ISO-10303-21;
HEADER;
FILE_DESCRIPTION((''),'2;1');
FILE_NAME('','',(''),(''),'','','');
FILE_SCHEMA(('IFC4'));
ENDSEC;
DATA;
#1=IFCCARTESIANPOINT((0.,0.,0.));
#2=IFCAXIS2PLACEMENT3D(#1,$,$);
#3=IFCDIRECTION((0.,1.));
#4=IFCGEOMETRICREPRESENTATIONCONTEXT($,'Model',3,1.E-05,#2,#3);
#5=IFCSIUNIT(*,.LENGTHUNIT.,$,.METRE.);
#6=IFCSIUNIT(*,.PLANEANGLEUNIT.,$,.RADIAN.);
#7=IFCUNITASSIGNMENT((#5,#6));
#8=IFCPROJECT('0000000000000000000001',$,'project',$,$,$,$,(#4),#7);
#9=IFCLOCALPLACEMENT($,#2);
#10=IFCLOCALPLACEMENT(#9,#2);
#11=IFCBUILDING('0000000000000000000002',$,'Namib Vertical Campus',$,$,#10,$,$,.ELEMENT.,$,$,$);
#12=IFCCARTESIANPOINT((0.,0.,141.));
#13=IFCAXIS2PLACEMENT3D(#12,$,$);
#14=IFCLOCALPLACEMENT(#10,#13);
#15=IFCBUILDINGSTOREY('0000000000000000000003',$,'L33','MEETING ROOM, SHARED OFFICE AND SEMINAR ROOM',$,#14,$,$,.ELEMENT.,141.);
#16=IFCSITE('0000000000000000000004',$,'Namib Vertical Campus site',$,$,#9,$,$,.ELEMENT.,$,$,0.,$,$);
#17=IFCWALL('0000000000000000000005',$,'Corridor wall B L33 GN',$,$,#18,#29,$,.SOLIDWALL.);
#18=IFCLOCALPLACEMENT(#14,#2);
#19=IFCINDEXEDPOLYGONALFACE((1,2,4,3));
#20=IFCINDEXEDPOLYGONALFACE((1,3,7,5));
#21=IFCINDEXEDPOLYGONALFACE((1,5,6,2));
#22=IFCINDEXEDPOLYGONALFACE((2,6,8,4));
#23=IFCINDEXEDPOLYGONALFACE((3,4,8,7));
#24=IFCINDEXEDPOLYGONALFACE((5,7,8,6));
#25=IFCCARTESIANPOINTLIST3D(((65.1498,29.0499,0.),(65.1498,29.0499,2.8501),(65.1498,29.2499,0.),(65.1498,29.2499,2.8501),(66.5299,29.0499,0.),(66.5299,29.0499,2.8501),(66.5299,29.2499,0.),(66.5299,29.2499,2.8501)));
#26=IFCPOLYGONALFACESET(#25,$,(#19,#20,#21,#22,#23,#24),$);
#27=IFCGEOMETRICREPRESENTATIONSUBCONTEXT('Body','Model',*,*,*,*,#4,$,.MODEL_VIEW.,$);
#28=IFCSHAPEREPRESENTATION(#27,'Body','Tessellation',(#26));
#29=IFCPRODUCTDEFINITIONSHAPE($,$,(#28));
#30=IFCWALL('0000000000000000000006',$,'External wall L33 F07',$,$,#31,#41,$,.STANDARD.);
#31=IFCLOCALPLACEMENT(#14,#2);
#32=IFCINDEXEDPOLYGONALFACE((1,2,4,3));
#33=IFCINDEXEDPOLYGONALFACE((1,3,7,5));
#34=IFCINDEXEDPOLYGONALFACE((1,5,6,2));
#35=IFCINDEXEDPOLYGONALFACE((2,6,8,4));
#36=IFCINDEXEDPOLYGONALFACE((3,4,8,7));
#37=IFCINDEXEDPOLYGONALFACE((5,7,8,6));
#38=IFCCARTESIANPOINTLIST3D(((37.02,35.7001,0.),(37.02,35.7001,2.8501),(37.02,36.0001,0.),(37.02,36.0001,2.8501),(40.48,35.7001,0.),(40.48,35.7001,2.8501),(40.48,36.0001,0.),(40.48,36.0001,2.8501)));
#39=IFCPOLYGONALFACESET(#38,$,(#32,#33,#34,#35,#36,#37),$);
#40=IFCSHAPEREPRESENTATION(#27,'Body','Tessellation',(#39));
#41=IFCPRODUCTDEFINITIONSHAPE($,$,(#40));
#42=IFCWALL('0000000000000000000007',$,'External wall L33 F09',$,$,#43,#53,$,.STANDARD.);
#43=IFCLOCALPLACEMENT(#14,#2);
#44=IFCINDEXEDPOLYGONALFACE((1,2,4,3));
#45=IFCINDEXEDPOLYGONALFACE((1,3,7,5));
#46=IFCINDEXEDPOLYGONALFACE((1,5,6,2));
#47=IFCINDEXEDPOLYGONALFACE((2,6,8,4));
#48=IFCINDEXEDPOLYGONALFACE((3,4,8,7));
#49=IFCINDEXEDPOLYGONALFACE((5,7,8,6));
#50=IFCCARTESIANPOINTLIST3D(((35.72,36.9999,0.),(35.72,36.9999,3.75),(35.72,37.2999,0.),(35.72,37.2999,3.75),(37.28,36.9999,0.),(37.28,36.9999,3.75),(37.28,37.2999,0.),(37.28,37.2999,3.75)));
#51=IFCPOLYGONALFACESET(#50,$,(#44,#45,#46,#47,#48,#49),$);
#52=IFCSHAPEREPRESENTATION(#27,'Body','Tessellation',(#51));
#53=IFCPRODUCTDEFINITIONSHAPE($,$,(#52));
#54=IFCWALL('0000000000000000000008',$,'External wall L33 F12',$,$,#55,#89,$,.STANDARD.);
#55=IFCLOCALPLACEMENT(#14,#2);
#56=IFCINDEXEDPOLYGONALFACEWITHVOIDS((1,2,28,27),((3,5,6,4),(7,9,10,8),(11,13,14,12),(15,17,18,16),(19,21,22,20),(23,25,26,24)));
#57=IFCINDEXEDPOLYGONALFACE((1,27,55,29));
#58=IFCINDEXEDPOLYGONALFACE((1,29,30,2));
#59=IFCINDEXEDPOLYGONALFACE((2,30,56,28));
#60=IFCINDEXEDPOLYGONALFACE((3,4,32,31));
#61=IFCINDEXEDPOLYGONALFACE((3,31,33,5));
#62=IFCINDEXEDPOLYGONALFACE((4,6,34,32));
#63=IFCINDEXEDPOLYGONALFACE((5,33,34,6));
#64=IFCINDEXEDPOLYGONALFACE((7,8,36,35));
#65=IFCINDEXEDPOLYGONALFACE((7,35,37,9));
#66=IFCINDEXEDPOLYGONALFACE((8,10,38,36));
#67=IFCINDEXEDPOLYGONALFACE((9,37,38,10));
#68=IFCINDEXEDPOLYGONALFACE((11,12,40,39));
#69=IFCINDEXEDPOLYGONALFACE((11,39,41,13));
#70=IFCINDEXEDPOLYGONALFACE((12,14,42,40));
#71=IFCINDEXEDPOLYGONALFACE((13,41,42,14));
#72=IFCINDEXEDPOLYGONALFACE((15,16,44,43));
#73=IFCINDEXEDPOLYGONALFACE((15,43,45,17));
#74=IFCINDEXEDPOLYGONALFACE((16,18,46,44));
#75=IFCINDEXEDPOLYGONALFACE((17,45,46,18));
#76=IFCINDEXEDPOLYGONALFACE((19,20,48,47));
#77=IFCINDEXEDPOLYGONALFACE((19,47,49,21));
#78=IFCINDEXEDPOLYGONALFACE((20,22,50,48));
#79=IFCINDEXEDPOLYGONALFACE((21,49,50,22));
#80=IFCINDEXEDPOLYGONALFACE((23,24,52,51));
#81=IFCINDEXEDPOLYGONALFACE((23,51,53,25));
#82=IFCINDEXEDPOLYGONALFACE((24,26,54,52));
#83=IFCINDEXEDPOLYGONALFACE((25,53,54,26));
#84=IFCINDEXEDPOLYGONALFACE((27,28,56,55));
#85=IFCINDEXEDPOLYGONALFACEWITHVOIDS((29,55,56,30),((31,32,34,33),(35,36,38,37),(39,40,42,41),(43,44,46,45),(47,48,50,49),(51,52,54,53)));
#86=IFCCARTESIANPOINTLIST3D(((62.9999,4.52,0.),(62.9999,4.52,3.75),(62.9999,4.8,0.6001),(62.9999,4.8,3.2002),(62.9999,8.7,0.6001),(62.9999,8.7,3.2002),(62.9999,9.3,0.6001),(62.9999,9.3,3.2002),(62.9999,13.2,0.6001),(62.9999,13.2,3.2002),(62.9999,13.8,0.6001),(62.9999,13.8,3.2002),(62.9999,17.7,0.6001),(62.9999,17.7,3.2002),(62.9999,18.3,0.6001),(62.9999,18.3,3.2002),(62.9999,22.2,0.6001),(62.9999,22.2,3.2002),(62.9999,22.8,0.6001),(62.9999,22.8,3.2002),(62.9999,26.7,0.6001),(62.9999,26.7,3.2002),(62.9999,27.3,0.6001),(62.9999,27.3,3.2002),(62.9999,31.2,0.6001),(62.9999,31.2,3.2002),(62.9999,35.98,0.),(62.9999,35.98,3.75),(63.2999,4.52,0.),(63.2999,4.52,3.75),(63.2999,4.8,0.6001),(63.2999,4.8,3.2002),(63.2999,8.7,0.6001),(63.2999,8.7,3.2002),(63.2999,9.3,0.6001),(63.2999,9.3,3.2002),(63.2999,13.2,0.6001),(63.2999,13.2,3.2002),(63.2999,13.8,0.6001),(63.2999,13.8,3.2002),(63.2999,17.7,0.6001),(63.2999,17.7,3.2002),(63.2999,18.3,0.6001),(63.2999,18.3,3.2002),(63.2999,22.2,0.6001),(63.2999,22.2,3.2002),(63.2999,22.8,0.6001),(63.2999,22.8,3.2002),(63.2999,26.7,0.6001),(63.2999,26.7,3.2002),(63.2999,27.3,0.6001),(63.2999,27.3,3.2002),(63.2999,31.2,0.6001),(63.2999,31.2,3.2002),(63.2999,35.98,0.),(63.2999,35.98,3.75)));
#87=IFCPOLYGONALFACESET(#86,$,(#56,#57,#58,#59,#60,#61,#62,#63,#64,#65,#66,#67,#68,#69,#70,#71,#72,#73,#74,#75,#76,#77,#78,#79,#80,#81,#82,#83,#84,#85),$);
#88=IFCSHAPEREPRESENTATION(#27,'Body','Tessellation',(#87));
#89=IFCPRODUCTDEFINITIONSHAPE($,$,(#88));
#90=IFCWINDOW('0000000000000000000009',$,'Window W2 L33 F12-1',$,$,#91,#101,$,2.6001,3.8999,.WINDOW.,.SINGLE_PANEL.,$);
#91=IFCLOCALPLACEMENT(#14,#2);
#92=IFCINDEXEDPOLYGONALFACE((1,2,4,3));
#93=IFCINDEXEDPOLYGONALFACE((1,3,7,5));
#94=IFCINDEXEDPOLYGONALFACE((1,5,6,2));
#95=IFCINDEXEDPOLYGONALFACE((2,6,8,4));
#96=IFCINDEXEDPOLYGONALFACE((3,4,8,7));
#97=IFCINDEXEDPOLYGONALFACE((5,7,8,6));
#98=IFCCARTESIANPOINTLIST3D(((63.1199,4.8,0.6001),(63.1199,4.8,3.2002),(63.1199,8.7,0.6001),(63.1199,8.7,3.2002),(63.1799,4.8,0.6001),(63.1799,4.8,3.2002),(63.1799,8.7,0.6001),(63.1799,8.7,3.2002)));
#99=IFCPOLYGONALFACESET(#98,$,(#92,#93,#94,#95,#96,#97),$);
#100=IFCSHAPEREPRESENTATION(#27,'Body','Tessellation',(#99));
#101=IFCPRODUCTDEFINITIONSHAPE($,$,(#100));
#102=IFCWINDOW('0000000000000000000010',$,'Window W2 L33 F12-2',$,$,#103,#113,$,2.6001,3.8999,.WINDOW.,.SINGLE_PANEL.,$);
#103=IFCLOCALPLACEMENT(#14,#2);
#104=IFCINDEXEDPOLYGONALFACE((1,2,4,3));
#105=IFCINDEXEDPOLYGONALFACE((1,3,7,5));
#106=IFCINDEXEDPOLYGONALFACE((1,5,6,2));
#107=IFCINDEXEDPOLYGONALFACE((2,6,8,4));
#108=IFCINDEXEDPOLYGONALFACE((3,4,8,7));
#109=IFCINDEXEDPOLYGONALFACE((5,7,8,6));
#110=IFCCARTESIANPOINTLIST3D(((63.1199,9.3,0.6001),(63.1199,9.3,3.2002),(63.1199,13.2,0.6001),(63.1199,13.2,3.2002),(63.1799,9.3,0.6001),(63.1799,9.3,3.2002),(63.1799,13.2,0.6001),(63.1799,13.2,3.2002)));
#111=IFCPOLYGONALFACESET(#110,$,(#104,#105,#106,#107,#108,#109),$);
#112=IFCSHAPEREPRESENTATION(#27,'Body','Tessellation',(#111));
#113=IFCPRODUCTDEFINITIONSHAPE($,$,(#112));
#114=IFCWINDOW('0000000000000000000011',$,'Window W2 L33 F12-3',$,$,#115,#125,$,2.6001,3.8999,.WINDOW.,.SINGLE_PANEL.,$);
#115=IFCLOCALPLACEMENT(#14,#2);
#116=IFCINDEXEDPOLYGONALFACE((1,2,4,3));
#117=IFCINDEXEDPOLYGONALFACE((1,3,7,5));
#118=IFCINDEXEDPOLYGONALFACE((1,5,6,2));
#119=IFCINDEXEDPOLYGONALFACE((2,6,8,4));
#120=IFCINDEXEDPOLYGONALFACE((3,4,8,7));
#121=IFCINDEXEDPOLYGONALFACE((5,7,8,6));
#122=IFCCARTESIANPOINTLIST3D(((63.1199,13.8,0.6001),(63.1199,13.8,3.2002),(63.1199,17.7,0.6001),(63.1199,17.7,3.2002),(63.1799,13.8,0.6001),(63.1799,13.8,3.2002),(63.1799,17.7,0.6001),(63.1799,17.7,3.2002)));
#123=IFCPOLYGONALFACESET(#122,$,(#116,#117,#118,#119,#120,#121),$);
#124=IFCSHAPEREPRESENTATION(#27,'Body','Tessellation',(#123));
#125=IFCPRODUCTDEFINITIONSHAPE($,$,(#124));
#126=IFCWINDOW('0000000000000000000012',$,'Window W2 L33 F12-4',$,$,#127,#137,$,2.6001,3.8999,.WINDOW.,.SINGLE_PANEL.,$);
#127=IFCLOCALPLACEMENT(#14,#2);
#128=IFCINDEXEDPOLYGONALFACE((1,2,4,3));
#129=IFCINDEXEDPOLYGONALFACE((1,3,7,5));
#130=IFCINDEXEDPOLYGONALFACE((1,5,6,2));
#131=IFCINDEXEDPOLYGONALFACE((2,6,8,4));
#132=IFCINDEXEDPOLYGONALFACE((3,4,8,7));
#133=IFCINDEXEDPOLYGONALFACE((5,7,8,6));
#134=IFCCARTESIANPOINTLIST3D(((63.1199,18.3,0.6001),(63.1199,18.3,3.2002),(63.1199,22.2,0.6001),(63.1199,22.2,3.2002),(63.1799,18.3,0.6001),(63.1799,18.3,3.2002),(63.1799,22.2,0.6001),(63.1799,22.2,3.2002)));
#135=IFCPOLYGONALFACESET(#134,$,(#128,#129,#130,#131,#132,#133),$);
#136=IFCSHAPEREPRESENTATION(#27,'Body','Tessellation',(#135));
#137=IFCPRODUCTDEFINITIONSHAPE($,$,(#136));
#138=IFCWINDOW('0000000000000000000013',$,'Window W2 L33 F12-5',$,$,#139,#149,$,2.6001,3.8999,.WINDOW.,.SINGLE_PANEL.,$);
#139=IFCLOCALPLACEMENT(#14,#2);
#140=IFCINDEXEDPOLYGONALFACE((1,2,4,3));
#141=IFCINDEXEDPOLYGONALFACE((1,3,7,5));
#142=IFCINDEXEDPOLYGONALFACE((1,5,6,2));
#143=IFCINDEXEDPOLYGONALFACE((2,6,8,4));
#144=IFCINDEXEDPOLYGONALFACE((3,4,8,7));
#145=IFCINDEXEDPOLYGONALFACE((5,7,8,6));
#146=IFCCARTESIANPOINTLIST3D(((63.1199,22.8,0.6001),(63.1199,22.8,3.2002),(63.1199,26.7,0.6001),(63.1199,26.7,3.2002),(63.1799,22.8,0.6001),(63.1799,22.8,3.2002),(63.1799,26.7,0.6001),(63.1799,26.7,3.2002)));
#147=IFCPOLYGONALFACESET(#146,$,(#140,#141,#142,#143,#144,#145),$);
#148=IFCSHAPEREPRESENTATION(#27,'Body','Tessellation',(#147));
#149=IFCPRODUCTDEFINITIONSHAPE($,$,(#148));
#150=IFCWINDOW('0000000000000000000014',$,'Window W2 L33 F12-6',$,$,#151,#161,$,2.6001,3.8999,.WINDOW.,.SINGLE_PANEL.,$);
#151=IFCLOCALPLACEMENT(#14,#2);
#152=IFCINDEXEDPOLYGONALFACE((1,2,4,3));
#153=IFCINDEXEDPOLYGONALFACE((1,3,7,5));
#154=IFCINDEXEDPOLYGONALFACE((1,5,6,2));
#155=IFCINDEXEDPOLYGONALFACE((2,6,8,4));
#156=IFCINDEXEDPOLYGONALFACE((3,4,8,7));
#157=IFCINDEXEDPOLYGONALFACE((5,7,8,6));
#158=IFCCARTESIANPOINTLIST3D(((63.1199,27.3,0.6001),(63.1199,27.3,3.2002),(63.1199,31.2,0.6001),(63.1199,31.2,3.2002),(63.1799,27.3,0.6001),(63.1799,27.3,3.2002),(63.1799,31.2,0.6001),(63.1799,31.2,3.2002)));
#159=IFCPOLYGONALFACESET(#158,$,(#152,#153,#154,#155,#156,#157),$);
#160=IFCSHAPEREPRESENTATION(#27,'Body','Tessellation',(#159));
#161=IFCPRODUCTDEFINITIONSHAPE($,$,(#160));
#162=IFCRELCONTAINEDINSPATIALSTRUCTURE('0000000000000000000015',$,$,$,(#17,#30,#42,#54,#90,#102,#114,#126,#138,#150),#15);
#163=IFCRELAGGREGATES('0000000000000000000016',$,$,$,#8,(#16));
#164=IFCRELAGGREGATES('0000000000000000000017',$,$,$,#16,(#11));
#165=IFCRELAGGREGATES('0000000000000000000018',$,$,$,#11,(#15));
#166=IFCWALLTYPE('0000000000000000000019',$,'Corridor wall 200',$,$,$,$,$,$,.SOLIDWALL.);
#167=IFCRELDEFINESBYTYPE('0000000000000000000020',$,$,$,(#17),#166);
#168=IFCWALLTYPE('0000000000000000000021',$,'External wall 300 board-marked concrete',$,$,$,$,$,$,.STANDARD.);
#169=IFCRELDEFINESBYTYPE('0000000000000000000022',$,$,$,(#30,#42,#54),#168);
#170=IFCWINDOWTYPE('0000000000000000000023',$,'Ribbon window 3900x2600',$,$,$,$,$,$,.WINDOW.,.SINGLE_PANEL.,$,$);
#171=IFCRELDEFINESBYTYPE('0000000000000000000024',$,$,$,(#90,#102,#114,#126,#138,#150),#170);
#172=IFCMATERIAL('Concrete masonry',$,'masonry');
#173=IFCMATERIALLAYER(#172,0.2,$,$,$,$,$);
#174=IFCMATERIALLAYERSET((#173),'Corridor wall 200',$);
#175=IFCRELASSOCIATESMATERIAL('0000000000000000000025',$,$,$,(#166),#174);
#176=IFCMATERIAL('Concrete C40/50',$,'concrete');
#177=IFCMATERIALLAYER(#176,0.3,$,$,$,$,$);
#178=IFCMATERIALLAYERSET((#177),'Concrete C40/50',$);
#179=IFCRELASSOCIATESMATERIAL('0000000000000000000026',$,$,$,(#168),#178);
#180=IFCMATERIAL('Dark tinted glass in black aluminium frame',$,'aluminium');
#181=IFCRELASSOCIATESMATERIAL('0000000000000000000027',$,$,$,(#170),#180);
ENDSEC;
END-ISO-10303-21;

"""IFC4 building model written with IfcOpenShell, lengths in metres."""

from ifc_helpers import new_model, si_unit, direction, frame, frame_2d, origin, place, context, subcontext, project, spatial, rectangle, extrude, material, layer, layer_set, type_object, element, fill, save


model = new_model("IFC4")

# Units and contexts
model_context = context("Model", 3, precision=1e-05, world=origin(), true_north=direction((0.0, 1.0)))
body_context = subcontext(model_context, "Body", "Model", "MODEL_VIEW")
ifc_project = project(units=[si_unit("LENGTHUNIT", "METRE"), si_unit("PLANEANGLEUNIT", "RADIAN")], contexts=[model_context])

# Site, building, storey
site_placement = place(None, origin())
site = spatial("IfcSite", under=ifc_project, at=site_placement, Name="Namib Vertical Campus site", CompositionType="ELEMENT", RefElevation=0.0)
building_placement = place(site_placement, origin())
building = spatial("IfcBuilding", under=site, at=building_placement, Name="Namib Vertical Campus", CompositionType="ELEMENT")
storey_placement = place(building_placement, frame((0.0, 0.0, 141.0)))
storey = spatial("IfcBuildingStorey", under=building, at=storey_placement, Name="L33", Description="MEETING ROOM, SHARED OFFICE AND SEMINAR ROOM", CompositionType="ELEMENT", Elevation=141.0)

# Shared definitions
ifc_material_1 = material(Name="Concrete masonry", Category="masonry")
ifc_layer_1 = layer(ifc_material_1, 0.2)
ifc_layer_set_1 = layer_set([ifc_layer_1], Name="Corridor wall 200")
wall_type_1 = type_object("IfcWallType", Name="Corridor wall 200", PredefinedType="SOLIDWALL", material=ifc_layer_set_1)

# Walls
wall_1_placement = place(storey_placement, frame((65.1499, 29.1499, 0.0), z_axis=(0.0, 0.0, 1.0), x_axis=(1.0, 0.0, 0.0)))
element("IfcWall", 1, at=wall_1_placement, inside=storey, type_object=wall_type_1, Name="Corridor wall B L33 GN", PredefinedType="SOLIDWALL", context=body_context, shape_type="SweptSolid", body=[
    extrude(rectangle(XDim=1.3801, YDim=0.2, at=frame_2d((0.6899, 0.0))), origin(), (0.0, 0.0, 1.0), 2.8501),
])
ifc_material_2 = material(Name="Concrete C40/50", Category="concrete")
ifc_layer_2 = layer(ifc_material_2, 0.3)
ifc_layer_set_2 = layer_set([ifc_layer_2], Name="Concrete C40/50")
wall_type_2 = type_object("IfcWallType", Name="External wall 300 board-marked concrete", PredefinedType="STANDARD", material=ifc_layer_set_2)
wall_2_placement = place(storey_placement, frame((40.48, 35.8501, 0.0), z_axis=(0.0, 0.0, 1.0), x_axis=(-1.0, 0.0, 0.0)))
element("IfcWall", 2, at=wall_2_placement, inside=storey, type_object=wall_type_2, Name="External wall L33 F07", PredefinedType="STANDARD", context=body_context, shape_type="SweptSolid", body=[
    extrude(rectangle(XDim=3.46, YDim=0.3, at=frame_2d((1.73, 0.0))), origin(), (0.0, 0.0, 1.0), 2.8501),
])
wall_3_placement = place(storey_placement, frame((37.28, 37.1499, 0.0), z_axis=(0.0, 0.0, 1.0), x_axis=(-1.0, 0.0, 0.0)))
element("IfcWall", 3, at=wall_3_placement, inside=storey, type_object=wall_type_2, Name="External wall L33 F09", PredefinedType="STANDARD", context=body_context, shape_type="SweptSolid", body=[
    extrude(rectangle(XDim=1.5601, YDim=0.3, at=frame_2d((0.78, 0.0))), origin(), (0.0, 0.0, 1.0), 3.75),
])

# Wall, openings, windows
wall_4_placement = place(storey_placement, frame((63.1499, 35.98, 0.0), z_axis=(0.0, 0.0, 1.0), x_axis=(0.0, -1.0, 0.0)))
wall_4 = element("IfcWall", 4, at=wall_4_placement, inside=storey, type_object=wall_type_2, Name="External wall L33 F12", PredefinedType="STANDARD", context=body_context, shape_type="SweptSolid", body=[
    extrude(rectangle(XDim=31.46, YDim=0.3, at=frame_2d((15.73, 0.0))), origin(), (0.0, 0.0, 1.0), 3.75),
])
opening_1_placement = place(wall_4_placement, frame((27.28, 0.0, 0.6001)))
opening_1 = element("IfcOpeningElement", 5, at=opening_1_placement, cuts=wall_4, PredefinedType="OPENING", context=body_context, shape_type="SweptSolid", body=[
    extrude(rectangle(XDim=3.8999, YDim=2.6001, at=frame_2d((1.95, 1.3))), frame((0.0, 0.1599, 0.0), z_axis=(0.0, -1.0, 0.0), x_axis=(1.0, 0.0, 0.0)), (0.0, 0.0, 1.0), 0.3201),
])
opening_2_placement = place(wall_4_placement, frame((22.78, 0.0, 0.6001)))
opening_2 = element("IfcOpeningElement", 6, at=opening_2_placement, cuts=wall_4, PredefinedType="OPENING", context=body_context, shape_type="SweptSolid", body=[
    extrude(rectangle(XDim=3.8999, YDim=2.6001, at=frame_2d((1.95, 1.3))), frame((0.0, 0.1599, 0.0), z_axis=(0.0, -1.0, 0.0), x_axis=(1.0, 0.0, 0.0)), (0.0, 0.0, 1.0), 0.3201),
])
opening_3_placement = place(wall_4_placement, frame((18.28, 0.0, 0.6001)))
opening_3 = element("IfcOpeningElement", 7, at=opening_3_placement, cuts=wall_4, PredefinedType="OPENING", context=body_context, shape_type="SweptSolid", body=[
    extrude(rectangle(XDim=3.8999, YDim=2.6001, at=frame_2d((1.95, 1.3))), frame((0.0, 0.1599, 0.0), z_axis=(0.0, -1.0, 0.0), x_axis=(1.0, 0.0, 0.0)), (0.0, 0.0, 1.0), 0.3201),
])
opening_4_placement = place(wall_4_placement, frame((13.78, 0.0, 0.6001)))
opening_4 = element("IfcOpeningElement", 8, at=opening_4_placement, cuts=wall_4, PredefinedType="OPENING", context=body_context, shape_type="SweptSolid", body=[
    extrude(rectangle(XDim=3.8999, YDim=2.6001, at=frame_2d((1.95, 1.3))), frame((0.0, 0.1599, 0.0), z_axis=(0.0, -1.0, 0.0), x_axis=(1.0, 0.0, 0.0)), (0.0, 0.0, 1.0), 0.3201),
])
opening_5_placement = place(wall_4_placement, frame((9.28, 0.0, 0.6001)))
opening_5 = element("IfcOpeningElement", 9, at=opening_5_placement, cuts=wall_4, PredefinedType="OPENING", context=body_context, shape_type="SweptSolid", body=[
    extrude(rectangle(XDim=3.8999, YDim=2.6001, at=frame_2d((1.95, 1.3))), frame((0.0, 0.1599, 0.0), z_axis=(0.0, -1.0, 0.0), x_axis=(1.0, 0.0, 0.0)), (0.0, 0.0, 1.0), 0.3201),
])
opening_6_placement = place(wall_4_placement, frame((4.78, 0.0, 0.6001)))
opening_6 = element("IfcOpeningElement", 10, at=opening_6_placement, cuts=wall_4, PredefinedType="OPENING", context=body_context, shape_type="SweptSolid", body=[
    extrude(rectangle(XDim=3.8999, YDim=2.6001, at=frame_2d((1.95, 1.3))), frame((0.0, 0.1599, 0.0), z_axis=(0.0, -1.0, 0.0), x_axis=(1.0, 0.0, 0.0)), (0.0, 0.0, 1.0), 0.3201),
])
ifc_material_3 = material(Name="Dark tinted glass in black aluminium frame", Category="aluminium")
window_type = type_object("IfcWindowType", Name="Ribbon window 3900x2600", PartitioningType="SINGLE_PANEL", PredefinedType="WINDOW", material=ifc_material_3)
window_1_placement = place(opening_1_placement, origin())
window_1 = element("IfcWindow", 11, at=window_1_placement, inside=storey, type_object=window_type, Name="Window W2 L33 F12-1", OverallHeight=2.6001, OverallWidth=3.8999, PartitioningType="SINGLE_PANEL", PredefinedType="WINDOW", context=body_context, shape_type="SweptSolid", body=[
    extrude(rectangle(XDim=3.8999, YDim=2.6001, at=frame_2d((1.95, 1.3))), frame((0.0, 0.03, 0.0), z_axis=(0.0, -1.0, 0.0), x_axis=(1.0, 0.0, 0.0)), (0.0, 0.0, 1.0), 0.0601),
])
fill(opening_1, window_1)
window_2_placement = place(opening_2_placement, origin())
window_2 = element("IfcWindow", 12, at=window_2_placement, inside=storey, type_object=window_type, Name="Window W2 L33 F12-2", OverallHeight=2.6001, OverallWidth=3.8999, PartitioningType="SINGLE_PANEL", PredefinedType="WINDOW", context=body_context, shape_type="SweptSolid", body=[
    extrude(rectangle(XDim=3.8999, YDim=2.6001, at=frame_2d((1.95, 1.3))), frame((0.0, 0.03, 0.0), z_axis=(0.0, -1.0, 0.0), x_axis=(1.0, 0.0, 0.0)), (0.0, 0.0, 1.0), 0.0601),
])
fill(opening_2, window_2)
window_3_placement = place(opening_3_placement, origin())
window_3 = element("IfcWindow", 13, at=window_3_placement, inside=storey, type_object=window_type, Name="Window W2 L33 F12-3", OverallHeight=2.6001, OverallWidth=3.8999, PartitioningType="SINGLE_PANEL", PredefinedType="WINDOW", context=body_context, shape_type="SweptSolid", body=[
    extrude(rectangle(XDim=3.8999, YDim=2.6001, at=frame_2d((1.95, 1.3))), frame((0.0, 0.03, 0.0), z_axis=(0.0, -1.0, 0.0), x_axis=(1.0, 0.0, 0.0)), (0.0, 0.0, 1.0), 0.0601),
])
fill(opening_3, window_3)
window_4_placement = place(opening_4_placement, origin())
window_4 = element("IfcWindow", 14, at=window_4_placement, inside=storey, type_object=window_type, Name="Window W2 L33 F12-4", OverallHeight=2.6001, OverallWidth=3.8999, PartitioningType="SINGLE_PANEL", PredefinedType="WINDOW", context=body_context, shape_type="SweptSolid", body=[
    extrude(rectangle(XDim=3.8999, YDim=2.6001, at=frame_2d((1.95, 1.3))), frame((0.0, 0.03, 0.0), z_axis=(0.0, -1.0, 0.0), x_axis=(1.0, 0.0, 0.0)), (0.0, 0.0, 1.0), 0.0601),
])
fill(opening_4, window_4)
window_5_placement = place(opening_5_placement, origin())
window_5 = element("IfcWindow", 15, at=window_5_placement, inside=storey, type_object=window_type, Name="Window W2 L33 F12-5", OverallHeight=2.6001, OverallWidth=3.8999, PartitioningType="SINGLE_PANEL", PredefinedType="WINDOW", context=body_context, shape_type="SweptSolid", body=[
    extrude(rectangle(XDim=3.8999, YDim=2.6001, at=frame_2d((1.95, 1.3))), frame((0.0, 0.03, 0.0), z_axis=(0.0, -1.0, 0.0), x_axis=(1.0, 0.0, 0.0)), (0.0, 0.0, 1.0), 0.0601),
])
fill(opening_5, window_5)
window_6_placement = place(opening_6_placement, origin())
window_6 = element("IfcWindow", 16, at=window_6_placement, inside=storey, type_object=window_type, Name="Window W2 L33 F12-6", OverallHeight=2.6001, OverallWidth=3.8999, PartitioningType="SINGLE_PANEL", PredefinedType="WINDOW", context=body_context, shape_type="SweptSolid", body=[
    extrude(rectangle(XDim=3.8999, YDim=2.6001, at=frame_2d((1.95, 1.3))), frame((0.0, 0.03, 0.0), z_axis=(0.0, -1.0, 0.0), x_axis=(1.0, 0.0, 0.0)), (0.0, 0.0, 1.0), 0.0601),
])
fill(opening_6, window_6)

save(model, "model.ifc")
